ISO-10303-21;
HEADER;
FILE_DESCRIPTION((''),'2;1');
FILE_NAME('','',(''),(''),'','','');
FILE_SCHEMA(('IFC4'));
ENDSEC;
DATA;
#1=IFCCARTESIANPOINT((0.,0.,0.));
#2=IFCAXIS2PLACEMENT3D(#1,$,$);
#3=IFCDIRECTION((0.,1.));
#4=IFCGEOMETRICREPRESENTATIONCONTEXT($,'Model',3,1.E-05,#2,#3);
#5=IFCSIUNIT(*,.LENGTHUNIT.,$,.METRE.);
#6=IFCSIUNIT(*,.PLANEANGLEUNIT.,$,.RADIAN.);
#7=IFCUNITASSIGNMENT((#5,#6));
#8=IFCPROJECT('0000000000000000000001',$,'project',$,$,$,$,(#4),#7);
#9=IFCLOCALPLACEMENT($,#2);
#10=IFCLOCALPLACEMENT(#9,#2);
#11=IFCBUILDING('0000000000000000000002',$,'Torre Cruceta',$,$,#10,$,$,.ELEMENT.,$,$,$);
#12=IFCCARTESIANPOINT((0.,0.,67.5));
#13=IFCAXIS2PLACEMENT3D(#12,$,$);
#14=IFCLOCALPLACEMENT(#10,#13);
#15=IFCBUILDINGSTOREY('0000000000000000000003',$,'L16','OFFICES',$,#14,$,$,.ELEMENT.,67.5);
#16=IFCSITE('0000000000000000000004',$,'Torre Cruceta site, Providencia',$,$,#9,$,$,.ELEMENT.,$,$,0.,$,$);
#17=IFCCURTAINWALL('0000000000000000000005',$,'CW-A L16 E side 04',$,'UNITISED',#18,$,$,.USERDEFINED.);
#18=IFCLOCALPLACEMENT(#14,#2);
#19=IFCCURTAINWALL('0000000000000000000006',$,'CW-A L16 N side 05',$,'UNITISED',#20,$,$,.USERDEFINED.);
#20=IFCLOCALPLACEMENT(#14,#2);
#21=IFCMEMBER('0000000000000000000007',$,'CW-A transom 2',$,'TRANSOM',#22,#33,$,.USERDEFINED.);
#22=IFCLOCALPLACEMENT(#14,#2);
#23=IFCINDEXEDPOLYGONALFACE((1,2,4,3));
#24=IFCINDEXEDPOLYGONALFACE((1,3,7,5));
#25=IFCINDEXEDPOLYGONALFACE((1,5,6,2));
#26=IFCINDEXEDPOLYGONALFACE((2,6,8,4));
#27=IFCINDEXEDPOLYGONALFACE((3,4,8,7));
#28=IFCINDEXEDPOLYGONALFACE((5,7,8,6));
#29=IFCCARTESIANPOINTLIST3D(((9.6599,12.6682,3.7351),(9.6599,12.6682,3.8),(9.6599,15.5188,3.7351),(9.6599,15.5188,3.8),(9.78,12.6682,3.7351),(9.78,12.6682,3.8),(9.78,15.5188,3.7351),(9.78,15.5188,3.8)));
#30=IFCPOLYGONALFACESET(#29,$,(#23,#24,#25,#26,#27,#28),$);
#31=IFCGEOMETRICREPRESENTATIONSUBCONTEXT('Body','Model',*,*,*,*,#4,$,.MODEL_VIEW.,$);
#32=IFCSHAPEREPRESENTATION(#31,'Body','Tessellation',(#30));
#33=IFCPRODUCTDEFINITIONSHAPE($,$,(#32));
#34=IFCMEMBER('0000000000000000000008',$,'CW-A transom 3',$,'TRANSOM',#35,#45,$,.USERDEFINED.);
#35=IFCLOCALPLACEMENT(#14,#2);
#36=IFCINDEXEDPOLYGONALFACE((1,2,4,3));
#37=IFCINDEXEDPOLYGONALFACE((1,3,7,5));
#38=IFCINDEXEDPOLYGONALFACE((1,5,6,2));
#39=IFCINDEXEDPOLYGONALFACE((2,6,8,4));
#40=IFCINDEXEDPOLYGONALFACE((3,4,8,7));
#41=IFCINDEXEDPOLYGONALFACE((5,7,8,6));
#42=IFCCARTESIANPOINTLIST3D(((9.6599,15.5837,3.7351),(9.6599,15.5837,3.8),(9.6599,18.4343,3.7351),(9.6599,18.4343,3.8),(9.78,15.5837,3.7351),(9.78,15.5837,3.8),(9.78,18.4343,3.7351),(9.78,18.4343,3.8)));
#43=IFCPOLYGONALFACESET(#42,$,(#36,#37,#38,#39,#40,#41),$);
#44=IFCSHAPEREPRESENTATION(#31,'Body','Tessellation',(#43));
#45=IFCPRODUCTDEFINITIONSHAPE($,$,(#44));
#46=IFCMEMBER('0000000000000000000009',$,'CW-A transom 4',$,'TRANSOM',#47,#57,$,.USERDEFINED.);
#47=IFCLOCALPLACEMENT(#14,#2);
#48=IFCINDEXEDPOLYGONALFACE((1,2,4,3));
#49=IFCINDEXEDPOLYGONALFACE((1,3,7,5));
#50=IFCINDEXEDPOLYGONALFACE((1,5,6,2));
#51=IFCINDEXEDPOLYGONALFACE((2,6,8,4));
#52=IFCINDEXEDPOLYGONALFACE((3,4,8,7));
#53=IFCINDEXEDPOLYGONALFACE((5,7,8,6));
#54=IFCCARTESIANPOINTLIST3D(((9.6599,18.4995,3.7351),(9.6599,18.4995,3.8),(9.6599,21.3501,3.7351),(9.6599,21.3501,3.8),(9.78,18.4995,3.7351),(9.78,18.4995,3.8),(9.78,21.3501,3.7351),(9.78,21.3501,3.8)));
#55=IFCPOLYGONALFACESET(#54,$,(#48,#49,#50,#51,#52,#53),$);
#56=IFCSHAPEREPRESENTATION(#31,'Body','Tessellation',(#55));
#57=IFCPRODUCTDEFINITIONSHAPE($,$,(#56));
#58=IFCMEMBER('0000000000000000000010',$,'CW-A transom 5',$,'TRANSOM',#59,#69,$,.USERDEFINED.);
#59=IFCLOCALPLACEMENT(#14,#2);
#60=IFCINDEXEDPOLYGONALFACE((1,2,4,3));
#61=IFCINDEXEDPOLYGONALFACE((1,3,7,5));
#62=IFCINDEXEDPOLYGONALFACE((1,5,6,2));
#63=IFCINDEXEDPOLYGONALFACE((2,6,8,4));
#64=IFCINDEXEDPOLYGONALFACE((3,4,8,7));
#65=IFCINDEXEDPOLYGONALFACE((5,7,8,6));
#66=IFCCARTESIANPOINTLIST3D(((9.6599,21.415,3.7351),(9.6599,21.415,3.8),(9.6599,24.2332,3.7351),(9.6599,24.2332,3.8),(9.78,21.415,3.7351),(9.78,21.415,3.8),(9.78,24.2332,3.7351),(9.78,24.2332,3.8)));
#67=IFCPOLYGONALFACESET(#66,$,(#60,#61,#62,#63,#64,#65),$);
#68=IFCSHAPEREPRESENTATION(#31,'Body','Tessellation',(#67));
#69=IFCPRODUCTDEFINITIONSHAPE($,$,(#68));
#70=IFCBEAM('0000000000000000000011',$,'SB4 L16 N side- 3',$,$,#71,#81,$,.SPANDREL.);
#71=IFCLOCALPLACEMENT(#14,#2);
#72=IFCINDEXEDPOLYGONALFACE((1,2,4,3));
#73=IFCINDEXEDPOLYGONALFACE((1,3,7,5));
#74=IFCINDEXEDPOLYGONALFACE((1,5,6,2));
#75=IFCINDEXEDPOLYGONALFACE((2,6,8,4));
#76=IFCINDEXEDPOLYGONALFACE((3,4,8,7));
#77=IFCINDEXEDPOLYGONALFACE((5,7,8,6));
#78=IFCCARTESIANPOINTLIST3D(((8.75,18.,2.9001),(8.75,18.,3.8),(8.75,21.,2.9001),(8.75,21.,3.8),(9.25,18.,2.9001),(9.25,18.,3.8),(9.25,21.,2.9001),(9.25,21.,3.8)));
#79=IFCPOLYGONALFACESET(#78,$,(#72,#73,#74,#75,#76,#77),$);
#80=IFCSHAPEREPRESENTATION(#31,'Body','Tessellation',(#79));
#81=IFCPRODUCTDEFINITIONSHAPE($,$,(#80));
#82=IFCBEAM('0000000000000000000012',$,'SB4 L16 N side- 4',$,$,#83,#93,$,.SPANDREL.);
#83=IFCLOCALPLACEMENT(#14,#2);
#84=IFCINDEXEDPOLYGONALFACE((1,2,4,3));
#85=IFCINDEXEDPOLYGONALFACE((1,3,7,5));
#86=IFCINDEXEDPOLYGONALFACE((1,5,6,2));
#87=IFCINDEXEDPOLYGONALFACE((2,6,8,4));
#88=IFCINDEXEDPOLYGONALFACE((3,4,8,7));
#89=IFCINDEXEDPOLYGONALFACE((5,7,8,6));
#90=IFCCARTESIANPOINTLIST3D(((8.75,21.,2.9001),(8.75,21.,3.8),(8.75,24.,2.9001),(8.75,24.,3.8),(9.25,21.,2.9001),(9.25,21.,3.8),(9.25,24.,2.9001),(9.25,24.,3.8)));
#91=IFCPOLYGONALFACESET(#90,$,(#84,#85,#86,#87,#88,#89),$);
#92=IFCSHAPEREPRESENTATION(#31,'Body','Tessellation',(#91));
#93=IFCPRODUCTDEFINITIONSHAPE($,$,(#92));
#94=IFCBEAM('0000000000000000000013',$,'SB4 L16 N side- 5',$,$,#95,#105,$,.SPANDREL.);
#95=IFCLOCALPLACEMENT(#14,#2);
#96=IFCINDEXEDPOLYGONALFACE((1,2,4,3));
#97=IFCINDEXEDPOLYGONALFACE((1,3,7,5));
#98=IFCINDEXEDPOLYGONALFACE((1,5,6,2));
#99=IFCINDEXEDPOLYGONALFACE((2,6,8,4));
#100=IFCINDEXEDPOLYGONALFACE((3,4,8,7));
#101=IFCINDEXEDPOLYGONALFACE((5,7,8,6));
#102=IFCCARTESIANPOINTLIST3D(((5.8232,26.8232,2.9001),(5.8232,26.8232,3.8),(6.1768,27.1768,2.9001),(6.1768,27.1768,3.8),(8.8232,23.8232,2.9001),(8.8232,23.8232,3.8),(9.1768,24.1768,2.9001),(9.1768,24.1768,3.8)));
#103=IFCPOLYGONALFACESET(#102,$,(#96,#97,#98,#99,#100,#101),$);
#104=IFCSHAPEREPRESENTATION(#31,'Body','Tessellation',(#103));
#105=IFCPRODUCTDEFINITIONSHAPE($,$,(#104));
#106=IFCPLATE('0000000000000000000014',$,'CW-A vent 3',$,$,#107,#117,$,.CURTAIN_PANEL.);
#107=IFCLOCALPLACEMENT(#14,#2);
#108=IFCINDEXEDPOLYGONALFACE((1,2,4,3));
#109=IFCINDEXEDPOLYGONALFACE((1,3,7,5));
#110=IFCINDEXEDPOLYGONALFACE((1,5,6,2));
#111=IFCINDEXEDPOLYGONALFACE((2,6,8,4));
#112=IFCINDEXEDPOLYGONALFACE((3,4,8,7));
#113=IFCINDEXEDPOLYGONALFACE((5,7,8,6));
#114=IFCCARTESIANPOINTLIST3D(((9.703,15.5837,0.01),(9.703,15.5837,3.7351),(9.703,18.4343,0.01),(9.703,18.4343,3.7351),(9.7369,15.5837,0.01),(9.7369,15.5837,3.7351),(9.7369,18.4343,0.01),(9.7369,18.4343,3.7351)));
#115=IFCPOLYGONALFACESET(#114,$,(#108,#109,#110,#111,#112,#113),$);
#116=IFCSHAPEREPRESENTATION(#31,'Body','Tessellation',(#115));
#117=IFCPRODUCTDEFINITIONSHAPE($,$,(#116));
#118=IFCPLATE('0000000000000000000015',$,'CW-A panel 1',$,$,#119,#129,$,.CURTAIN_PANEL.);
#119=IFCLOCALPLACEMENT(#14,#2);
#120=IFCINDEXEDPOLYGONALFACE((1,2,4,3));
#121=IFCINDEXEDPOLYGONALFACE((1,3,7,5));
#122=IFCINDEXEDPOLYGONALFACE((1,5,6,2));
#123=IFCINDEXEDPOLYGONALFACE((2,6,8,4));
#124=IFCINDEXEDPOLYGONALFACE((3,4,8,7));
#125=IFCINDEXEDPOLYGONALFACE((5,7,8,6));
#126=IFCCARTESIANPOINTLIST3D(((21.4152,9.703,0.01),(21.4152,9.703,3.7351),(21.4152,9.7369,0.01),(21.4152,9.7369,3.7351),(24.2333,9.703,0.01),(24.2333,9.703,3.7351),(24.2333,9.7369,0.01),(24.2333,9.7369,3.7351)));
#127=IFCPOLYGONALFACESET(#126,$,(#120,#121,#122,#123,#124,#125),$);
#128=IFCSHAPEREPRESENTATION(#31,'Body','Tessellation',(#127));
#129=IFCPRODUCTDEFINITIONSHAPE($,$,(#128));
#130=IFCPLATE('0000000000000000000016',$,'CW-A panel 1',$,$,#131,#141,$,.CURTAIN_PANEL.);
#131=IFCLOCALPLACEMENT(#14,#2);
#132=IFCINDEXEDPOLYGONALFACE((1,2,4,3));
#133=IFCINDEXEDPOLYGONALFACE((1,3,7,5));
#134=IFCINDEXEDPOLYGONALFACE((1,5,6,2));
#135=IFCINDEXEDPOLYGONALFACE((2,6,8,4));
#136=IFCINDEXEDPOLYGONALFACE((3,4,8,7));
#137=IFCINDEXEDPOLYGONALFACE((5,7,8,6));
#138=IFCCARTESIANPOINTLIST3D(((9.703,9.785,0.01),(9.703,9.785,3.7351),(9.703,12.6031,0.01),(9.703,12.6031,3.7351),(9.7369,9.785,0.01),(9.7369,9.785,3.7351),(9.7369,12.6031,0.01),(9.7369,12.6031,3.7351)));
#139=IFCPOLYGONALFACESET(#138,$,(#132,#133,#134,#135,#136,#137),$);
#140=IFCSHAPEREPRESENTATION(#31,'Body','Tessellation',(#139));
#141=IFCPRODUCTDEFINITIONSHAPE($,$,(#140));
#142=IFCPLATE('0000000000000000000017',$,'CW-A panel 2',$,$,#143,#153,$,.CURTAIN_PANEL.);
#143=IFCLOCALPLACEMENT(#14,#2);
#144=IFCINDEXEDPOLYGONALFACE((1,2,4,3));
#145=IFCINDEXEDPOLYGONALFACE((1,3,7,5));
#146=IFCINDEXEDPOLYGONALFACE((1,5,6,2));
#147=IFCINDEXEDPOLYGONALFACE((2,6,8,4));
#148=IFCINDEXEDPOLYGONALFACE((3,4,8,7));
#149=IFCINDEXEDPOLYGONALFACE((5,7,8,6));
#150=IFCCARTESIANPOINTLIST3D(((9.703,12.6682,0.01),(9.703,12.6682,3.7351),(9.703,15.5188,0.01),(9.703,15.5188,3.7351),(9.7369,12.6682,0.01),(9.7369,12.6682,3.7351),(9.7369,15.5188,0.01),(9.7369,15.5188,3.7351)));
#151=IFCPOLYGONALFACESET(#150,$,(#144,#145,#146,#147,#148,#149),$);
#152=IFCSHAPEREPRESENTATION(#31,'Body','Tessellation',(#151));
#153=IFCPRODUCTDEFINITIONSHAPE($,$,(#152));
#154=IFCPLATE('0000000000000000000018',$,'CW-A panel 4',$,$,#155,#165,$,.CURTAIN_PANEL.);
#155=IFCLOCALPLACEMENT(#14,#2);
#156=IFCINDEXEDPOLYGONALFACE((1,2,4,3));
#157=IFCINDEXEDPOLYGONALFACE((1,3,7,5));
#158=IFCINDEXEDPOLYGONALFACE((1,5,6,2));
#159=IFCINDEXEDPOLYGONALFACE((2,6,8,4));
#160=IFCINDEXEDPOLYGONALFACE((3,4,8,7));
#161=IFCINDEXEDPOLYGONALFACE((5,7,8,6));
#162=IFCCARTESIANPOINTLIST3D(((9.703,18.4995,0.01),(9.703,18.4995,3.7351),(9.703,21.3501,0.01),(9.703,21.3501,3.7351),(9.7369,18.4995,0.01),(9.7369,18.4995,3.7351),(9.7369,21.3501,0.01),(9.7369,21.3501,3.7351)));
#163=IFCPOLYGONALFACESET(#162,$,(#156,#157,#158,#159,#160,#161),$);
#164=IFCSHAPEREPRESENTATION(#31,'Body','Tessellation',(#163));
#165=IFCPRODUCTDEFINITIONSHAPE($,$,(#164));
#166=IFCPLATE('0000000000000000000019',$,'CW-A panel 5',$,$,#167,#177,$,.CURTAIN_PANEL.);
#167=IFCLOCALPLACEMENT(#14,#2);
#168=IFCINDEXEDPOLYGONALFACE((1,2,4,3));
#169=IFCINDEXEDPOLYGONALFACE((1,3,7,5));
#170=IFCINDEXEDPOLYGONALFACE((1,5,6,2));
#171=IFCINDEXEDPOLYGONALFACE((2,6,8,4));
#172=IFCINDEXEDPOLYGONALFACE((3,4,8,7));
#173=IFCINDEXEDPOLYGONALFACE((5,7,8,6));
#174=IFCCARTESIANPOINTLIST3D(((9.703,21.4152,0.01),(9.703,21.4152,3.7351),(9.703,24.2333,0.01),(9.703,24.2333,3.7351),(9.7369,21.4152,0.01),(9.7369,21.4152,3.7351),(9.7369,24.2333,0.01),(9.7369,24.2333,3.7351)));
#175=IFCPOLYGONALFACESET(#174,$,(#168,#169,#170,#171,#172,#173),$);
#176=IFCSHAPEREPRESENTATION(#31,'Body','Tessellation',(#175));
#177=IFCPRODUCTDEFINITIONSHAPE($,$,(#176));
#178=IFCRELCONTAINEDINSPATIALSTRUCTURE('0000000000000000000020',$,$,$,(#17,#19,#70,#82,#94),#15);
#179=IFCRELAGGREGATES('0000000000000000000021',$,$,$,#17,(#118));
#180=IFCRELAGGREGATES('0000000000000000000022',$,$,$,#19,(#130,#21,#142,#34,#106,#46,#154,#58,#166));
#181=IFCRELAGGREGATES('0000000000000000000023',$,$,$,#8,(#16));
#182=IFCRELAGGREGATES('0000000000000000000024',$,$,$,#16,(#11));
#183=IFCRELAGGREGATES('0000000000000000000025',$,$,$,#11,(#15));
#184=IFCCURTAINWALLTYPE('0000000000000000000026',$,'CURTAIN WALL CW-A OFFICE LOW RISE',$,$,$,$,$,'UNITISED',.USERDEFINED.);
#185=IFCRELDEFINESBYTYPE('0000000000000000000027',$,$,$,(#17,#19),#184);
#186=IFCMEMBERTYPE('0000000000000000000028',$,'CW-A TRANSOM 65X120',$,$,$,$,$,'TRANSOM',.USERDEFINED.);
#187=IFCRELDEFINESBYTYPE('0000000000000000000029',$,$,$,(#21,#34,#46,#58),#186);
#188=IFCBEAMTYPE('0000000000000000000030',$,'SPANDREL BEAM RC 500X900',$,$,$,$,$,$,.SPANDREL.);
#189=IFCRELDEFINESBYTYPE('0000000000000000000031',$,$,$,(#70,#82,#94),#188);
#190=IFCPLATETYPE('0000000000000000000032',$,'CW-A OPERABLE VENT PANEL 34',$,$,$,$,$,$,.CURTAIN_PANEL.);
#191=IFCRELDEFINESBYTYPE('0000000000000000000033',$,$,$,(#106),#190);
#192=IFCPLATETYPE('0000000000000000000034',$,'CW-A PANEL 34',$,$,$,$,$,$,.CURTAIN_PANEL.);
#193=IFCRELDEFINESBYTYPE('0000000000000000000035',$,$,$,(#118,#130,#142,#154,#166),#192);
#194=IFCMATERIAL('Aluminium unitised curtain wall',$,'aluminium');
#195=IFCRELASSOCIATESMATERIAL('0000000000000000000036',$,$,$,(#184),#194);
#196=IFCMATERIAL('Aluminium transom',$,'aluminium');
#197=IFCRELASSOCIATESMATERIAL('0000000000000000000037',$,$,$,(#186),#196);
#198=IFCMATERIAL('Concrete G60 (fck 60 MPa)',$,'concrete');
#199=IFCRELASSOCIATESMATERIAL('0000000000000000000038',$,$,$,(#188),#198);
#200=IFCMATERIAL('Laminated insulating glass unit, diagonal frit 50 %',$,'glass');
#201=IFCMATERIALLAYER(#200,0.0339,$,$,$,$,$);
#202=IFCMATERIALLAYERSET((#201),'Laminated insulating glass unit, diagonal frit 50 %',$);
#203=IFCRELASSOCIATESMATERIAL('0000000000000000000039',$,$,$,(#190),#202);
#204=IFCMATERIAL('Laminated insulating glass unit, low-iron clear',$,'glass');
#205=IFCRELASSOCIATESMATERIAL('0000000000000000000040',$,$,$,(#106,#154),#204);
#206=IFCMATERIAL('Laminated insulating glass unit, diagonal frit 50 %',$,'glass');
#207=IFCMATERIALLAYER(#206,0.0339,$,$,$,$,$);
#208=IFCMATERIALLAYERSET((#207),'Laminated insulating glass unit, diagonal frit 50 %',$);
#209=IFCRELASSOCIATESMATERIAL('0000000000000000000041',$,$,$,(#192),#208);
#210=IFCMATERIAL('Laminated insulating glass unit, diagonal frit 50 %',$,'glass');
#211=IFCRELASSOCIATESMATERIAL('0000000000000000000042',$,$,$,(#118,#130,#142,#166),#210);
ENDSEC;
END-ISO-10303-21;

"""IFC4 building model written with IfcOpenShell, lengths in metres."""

from ifc_helpers import new_model, si_unit, direction, frame, origin, origin_2d, place, context, subcontext, project, spatial, rectangle, extrude, material, layer, layer_set, material_profile, profile_set, type_object, element, aggregate, save


model = new_model("IFC4")

# Units and contexts
model_context = context("Model", 3, precision=1e-05, world=origin(), true_north=direction((0.0, 1.0)))
body_context = subcontext(model_context, "Body", "Model", "MODEL_VIEW")
ifc_project = project(units=[si_unit("LENGTHUNIT", "METRE"), si_unit("PLANEANGLEUNIT", "RADIAN")], contexts=[model_context])

# Site, building, storey
site_placement = place(None, origin())
site = spatial("IfcSite", under=ifc_project, at=site_placement, Name="Torre Cruceta site, Providencia", CompositionType="ELEMENT", RefElevation=0.0)
building_placement = place(site_placement, origin())
building = spatial("IfcBuilding", under=site, at=building_placement, Name="Torre Cruceta", CompositionType="ELEMENT")
storey_placement = place(building_placement, frame((0.0, 0.0, 67.5)))
storey = spatial("IfcBuildingStorey", under=building, at=storey_placement, Name="L16", Description="OFFICES", CompositionType="ELEMENT", Elevation=67.5)

# Curtain walls
ifc_material_1 = material(Name="Aluminium unitised curtain wall", Category="aluminium")
curtain_wall_type = type_object("IfcCurtainWallType", Name="CURTAIN WALL CW-A OFFICE LOW RISE", ElementType="UNITISED", PredefinedType="USERDEFINED", material=ifc_material_1)
curtain_wall_1_placement = place(storey_placement, origin())
curtain_wall_1 = element("IfcCurtainWall", 1, at=curtain_wall_1_placement, inside=storey, type_object=curtain_wall_type, Name="CW-A L16 E side 04", ObjectType="UNITISED", PredefinedType="USERDEFINED")
curtain_wall_2_placement = place(storey_placement, origin())
curtain_wall_2 = element("IfcCurtainWall", 2, at=curtain_wall_2_placement, inside=storey, type_object=curtain_wall_type, Name="CW-A L16 N side 05", ObjectType="UNITISED", PredefinedType="USERDEFINED")

# Members
ifc_material_2 = material(Name="Aluminium transom", Category="aluminium")
ifc_material_profile_1 = material_profile(ifc_material_2, rectangle(XDim=0.1201, YDim=0.0649, at=origin_2d()), Name="AL 120X65")
ifc_profile_set_1 = profile_set([ifc_material_profile_1], Name="Aluminium transom")
member_type_1 = type_object("IfcMemberType", Name="CW-A TRANSOM 65X120", ElementType="TRANSOM", PredefinedType="USERDEFINED", material=ifc_profile_set_1)
member_1_placement = place(storey_placement, frame((9.72, 12.6682, 3.7676), z_axis=(0.0, 1.0, 0.0), x_axis=(-1.0, 0.0, 0.0)))
member_1 = element("IfcMember", 3, at=member_1_placement, type_object=member_type_1, Name="CW-A transom 2", ObjectType="TRANSOM", PredefinedType="USERDEFINED", context=body_context, shape_type="SweptSolid", body=[
    extrude(rectangle(XDim=0.1201, YDim=0.0649, at=origin_2d()), origin(), (0.0, 0.0, 1.0), 2.8506),
])
member_2_placement = place(storey_placement, frame((9.72, 15.5837, 3.7676), z_axis=(0.0, 1.0, 0.0), x_axis=(-1.0, 0.0, 0.0)))
member_2 = element("IfcMember", 4, at=member_2_placement, type_object=member_type_1, Name="CW-A transom 3", ObjectType="TRANSOM", PredefinedType="USERDEFINED", context=body_context, shape_type="SweptSolid", body=[
    extrude(rectangle(XDim=0.1201, YDim=0.0649, at=origin_2d()), origin(), (0.0, 0.0, 1.0), 2.8506),
])
member_3_placement = place(storey_placement, frame((9.72, 18.4995, 3.7676), z_axis=(0.0, 1.0, 0.0), x_axis=(-1.0, 0.0, 0.0)))
member_3 = element("IfcMember", 5, at=member_3_placement, type_object=member_type_1, Name="CW-A transom 4", ObjectType="TRANSOM", PredefinedType="USERDEFINED", context=body_context, shape_type="SweptSolid", body=[
    extrude(rectangle(XDim=0.1201, YDim=0.0649, at=origin_2d()), origin(), (0.0, 0.0, 1.0), 2.8506),
])
member_4_placement = place(storey_placement, frame((9.72, 21.415, 3.7676), z_axis=(0.0, 1.0, 0.0), x_axis=(-1.0, 0.0, 0.0)))
member_4 = element("IfcMember", 6, at=member_4_placement, type_object=member_type_1, Name="CW-A transom 5", ObjectType="TRANSOM", PredefinedType="USERDEFINED", context=body_context, shape_type="SweptSolid", body=[
    extrude(rectangle(XDim=0.1201, YDim=0.0649, at=origin_2d()), origin(), (0.0, 0.0, 1.0), 2.8181),
])

# Beams
ifc_material_3 = material(Name="Concrete G60 (fck 60 MPa)", Category="concrete")
ifc_material_profile_2 = material_profile(ifc_material_3, rectangle(XDim=0.5, YDim=0.8999, at=origin_2d()), Name="RC 500X900")
ifc_profile_set_2 = profile_set([ifc_material_profile_2], Name="Concrete G60 (fck 60 MPa)")
beam_type_1 = type_object("IfcBeamType", Name="SPANDREL BEAM RC 500X900", PredefinedType="SPANDREL", material=ifc_profile_set_2)
for number, where, z_axis, x_axis, name in (
    (7, (9.0, 18.0, 3.3501), (0.0, 1.0, 0.0), (-1.0, 0.0, 0.0), "SB4 L16 N side- 3"),
    (8, (9.0, 21.0, 3.3501), (0.0, 1.0, 0.0), (-1.0, 0.0, 0.0), "SB4 L16 N side- 4"),
):
    element("IfcBeam", number, at=place(storey_placement, frame(where, z_axis=z_axis, x_axis=x_axis)), inside=storey, type_object=beam_type_1, Name=name, PredefinedType="SPANDREL", context=body_context, shape_type="SweptSolid", body=[
        extrude(rectangle(XDim=0.5, YDim=0.8999, at=origin_2d()), origin(), (0.0, 0.0, 1.0), 3.0),
    ])
beam_placement = place(storey_placement, frame((9.0, 24.0, 3.3501), z_axis=(-0.707107, 0.707107, 0.0), x_axis=(-0.707107, -0.707107, 0.0)))
element("IfcBeam", 9, at=beam_placement, inside=storey, type_object=beam_type_1, Name="SB4 L16 N side- 5", PredefinedType="SPANDREL", context=body_context, shape_type="SweptSolid", body=[
    extrude(rectangle(XDim=0.5, YDim=0.8999, at=origin_2d()), origin(), (0.0, 0.0, 1.0), 4.2427),
])

# Plates
ifc_material_4 = material(Name="Laminated insulating glass unit, low-iron clear", Category="glass")
ifc_material_5 = material(Name="Laminated insulating glass unit, diagonal frit 50 %", Category="glass")
ifc_layer_1 = layer(ifc_material_5, 0.0339)
ifc_layer_set_1 = layer_set([ifc_layer_1], Name="Laminated insulating glass unit, diagonal frit 50 %")
plate_type_1 = type_object("IfcPlateType", Name="CW-A OPERABLE VENT PANEL 34", PredefinedType="CURTAIN_PANEL", material=ifc_layer_set_1)
plate_1_placement = place(storey_placement, frame((9.72, 17.009, 0.01), z_axis=(0.0, 0.0, 1.0), x_axis=(0.0, 1.0, 0.0)))
plate_1 = element("IfcPlate", 10, at=plate_1_placement, type_object=plate_type_1, material=ifc_material_4, Name="CW-A vent 3", PredefinedType="CURTAIN_PANEL", context=body_context, shape_type="SweptSolid", body=[
    extrude(rectangle(XDim=2.8506, YDim=0.0339, at=origin_2d()), origin(), (0.0, 0.0, 1.0), 3.7251),
])
ifc_material_6 = material(Name="Laminated insulating glass unit, diagonal frit 50 %", Category="glass")
ifc_material_7 = material(Name="Laminated insulating glass unit, diagonal frit 50 %", Category="glass")
ifc_layer_2 = layer(ifc_material_7, 0.0339)
ifc_layer_set_2 = layer_set([ifc_layer_2], Name="Laminated insulating glass unit, diagonal frit 50 %")
plate_type_2 = type_object("IfcPlateType", Name="CW-A PANEL 34", PredefinedType="CURTAIN_PANEL", material=ifc_layer_set_2)
plate_2_placement = place(storey_placement, frame((22.8242, 9.72, 0.01), z_axis=(0.0, 0.0, 1.0), x_axis=(-1.0, 0.0, 0.0)))
plate_2 = element("IfcPlate", 11, at=plate_2_placement, type_object=plate_type_2, material=ifc_material_6, Name="CW-A panel 1", PredefinedType="CURTAIN_PANEL", context=body_context, shape_type="SweptSolid", body=[
    extrude(rectangle(XDim=2.8181, YDim=0.0339, at=origin_2d()), origin(), (0.0, 0.0, 1.0), 3.7251),
])
aggregate(curtain_wall_1, [plate_2])
plate_3_placement = place(storey_placement, frame((9.72, 11.1941, 0.01), z_axis=(0.0, 0.0, 1.0), x_axis=(0.0, 1.0, 0.0)))
plate_3 = element("IfcPlate", 12, at=plate_3_placement, type_object=plate_type_2, material=ifc_material_6, Name="CW-A panel 1", PredefinedType="CURTAIN_PANEL", context=body_context, shape_type="SweptSolid", body=[
    extrude(rectangle(XDim=2.8181, YDim=0.0339, at=origin_2d()), origin(), (0.0, 0.0, 1.0), 3.7251),
])
plate_4_placement = place(storey_placement, frame((9.72, 14.0935, 0.01), z_axis=(0.0, 0.0, 1.0), x_axis=(0.0, 1.0, 0.0)))
plate_4 = element("IfcPlate", 13, at=plate_4_placement, type_object=plate_type_2, material=ifc_material_6, Name="CW-A panel 2", PredefinedType="CURTAIN_PANEL", context=body_context, shape_type="SweptSolid", body=[
    extrude(rectangle(XDim=2.8506, YDim=0.0339, at=origin_2d()), origin(), (0.0, 0.0, 1.0), 3.7251),
])
plate_5_placement = place(storey_placement, frame((9.72, 19.9248, 0.01), z_axis=(0.0, 0.0, 1.0), x_axis=(0.0, 1.0, 0.0)))
plate_5 = element("IfcPlate", 14, at=plate_5_placement, type_object=plate_type_2, material=ifc_material_4, Name="CW-A panel 4", PredefinedType="CURTAIN_PANEL", context=body_context, shape_type="SweptSolid", body=[
    extrude(rectangle(XDim=2.8506, YDim=0.0339, at=origin_2d()), origin(), (0.0, 0.0, 1.0), 3.7251),
])
plate_6_placement = place(storey_placement, frame((9.72, 22.8242, 0.01), z_axis=(0.0, 0.0, 1.0), x_axis=(0.0, 1.0, 0.0)))
plate_6 = element("IfcPlate", 15, at=plate_6_placement, type_object=plate_type_2, material=ifc_material_6, Name="CW-A panel 5", PredefinedType="CURTAIN_PANEL", context=body_context, shape_type="SweptSolid", body=[
    extrude(rectangle(XDim=2.8181, YDim=0.0339, at=origin_2d()), origin(), (0.0, 0.0, 1.0), 3.7251),
])
aggregate(curtain_wall_2, [plate_3, member_1, plate_4, member_2, plate_1, member_3, plate_5, member_4, plate_6])

save(model, "model.ifc")
